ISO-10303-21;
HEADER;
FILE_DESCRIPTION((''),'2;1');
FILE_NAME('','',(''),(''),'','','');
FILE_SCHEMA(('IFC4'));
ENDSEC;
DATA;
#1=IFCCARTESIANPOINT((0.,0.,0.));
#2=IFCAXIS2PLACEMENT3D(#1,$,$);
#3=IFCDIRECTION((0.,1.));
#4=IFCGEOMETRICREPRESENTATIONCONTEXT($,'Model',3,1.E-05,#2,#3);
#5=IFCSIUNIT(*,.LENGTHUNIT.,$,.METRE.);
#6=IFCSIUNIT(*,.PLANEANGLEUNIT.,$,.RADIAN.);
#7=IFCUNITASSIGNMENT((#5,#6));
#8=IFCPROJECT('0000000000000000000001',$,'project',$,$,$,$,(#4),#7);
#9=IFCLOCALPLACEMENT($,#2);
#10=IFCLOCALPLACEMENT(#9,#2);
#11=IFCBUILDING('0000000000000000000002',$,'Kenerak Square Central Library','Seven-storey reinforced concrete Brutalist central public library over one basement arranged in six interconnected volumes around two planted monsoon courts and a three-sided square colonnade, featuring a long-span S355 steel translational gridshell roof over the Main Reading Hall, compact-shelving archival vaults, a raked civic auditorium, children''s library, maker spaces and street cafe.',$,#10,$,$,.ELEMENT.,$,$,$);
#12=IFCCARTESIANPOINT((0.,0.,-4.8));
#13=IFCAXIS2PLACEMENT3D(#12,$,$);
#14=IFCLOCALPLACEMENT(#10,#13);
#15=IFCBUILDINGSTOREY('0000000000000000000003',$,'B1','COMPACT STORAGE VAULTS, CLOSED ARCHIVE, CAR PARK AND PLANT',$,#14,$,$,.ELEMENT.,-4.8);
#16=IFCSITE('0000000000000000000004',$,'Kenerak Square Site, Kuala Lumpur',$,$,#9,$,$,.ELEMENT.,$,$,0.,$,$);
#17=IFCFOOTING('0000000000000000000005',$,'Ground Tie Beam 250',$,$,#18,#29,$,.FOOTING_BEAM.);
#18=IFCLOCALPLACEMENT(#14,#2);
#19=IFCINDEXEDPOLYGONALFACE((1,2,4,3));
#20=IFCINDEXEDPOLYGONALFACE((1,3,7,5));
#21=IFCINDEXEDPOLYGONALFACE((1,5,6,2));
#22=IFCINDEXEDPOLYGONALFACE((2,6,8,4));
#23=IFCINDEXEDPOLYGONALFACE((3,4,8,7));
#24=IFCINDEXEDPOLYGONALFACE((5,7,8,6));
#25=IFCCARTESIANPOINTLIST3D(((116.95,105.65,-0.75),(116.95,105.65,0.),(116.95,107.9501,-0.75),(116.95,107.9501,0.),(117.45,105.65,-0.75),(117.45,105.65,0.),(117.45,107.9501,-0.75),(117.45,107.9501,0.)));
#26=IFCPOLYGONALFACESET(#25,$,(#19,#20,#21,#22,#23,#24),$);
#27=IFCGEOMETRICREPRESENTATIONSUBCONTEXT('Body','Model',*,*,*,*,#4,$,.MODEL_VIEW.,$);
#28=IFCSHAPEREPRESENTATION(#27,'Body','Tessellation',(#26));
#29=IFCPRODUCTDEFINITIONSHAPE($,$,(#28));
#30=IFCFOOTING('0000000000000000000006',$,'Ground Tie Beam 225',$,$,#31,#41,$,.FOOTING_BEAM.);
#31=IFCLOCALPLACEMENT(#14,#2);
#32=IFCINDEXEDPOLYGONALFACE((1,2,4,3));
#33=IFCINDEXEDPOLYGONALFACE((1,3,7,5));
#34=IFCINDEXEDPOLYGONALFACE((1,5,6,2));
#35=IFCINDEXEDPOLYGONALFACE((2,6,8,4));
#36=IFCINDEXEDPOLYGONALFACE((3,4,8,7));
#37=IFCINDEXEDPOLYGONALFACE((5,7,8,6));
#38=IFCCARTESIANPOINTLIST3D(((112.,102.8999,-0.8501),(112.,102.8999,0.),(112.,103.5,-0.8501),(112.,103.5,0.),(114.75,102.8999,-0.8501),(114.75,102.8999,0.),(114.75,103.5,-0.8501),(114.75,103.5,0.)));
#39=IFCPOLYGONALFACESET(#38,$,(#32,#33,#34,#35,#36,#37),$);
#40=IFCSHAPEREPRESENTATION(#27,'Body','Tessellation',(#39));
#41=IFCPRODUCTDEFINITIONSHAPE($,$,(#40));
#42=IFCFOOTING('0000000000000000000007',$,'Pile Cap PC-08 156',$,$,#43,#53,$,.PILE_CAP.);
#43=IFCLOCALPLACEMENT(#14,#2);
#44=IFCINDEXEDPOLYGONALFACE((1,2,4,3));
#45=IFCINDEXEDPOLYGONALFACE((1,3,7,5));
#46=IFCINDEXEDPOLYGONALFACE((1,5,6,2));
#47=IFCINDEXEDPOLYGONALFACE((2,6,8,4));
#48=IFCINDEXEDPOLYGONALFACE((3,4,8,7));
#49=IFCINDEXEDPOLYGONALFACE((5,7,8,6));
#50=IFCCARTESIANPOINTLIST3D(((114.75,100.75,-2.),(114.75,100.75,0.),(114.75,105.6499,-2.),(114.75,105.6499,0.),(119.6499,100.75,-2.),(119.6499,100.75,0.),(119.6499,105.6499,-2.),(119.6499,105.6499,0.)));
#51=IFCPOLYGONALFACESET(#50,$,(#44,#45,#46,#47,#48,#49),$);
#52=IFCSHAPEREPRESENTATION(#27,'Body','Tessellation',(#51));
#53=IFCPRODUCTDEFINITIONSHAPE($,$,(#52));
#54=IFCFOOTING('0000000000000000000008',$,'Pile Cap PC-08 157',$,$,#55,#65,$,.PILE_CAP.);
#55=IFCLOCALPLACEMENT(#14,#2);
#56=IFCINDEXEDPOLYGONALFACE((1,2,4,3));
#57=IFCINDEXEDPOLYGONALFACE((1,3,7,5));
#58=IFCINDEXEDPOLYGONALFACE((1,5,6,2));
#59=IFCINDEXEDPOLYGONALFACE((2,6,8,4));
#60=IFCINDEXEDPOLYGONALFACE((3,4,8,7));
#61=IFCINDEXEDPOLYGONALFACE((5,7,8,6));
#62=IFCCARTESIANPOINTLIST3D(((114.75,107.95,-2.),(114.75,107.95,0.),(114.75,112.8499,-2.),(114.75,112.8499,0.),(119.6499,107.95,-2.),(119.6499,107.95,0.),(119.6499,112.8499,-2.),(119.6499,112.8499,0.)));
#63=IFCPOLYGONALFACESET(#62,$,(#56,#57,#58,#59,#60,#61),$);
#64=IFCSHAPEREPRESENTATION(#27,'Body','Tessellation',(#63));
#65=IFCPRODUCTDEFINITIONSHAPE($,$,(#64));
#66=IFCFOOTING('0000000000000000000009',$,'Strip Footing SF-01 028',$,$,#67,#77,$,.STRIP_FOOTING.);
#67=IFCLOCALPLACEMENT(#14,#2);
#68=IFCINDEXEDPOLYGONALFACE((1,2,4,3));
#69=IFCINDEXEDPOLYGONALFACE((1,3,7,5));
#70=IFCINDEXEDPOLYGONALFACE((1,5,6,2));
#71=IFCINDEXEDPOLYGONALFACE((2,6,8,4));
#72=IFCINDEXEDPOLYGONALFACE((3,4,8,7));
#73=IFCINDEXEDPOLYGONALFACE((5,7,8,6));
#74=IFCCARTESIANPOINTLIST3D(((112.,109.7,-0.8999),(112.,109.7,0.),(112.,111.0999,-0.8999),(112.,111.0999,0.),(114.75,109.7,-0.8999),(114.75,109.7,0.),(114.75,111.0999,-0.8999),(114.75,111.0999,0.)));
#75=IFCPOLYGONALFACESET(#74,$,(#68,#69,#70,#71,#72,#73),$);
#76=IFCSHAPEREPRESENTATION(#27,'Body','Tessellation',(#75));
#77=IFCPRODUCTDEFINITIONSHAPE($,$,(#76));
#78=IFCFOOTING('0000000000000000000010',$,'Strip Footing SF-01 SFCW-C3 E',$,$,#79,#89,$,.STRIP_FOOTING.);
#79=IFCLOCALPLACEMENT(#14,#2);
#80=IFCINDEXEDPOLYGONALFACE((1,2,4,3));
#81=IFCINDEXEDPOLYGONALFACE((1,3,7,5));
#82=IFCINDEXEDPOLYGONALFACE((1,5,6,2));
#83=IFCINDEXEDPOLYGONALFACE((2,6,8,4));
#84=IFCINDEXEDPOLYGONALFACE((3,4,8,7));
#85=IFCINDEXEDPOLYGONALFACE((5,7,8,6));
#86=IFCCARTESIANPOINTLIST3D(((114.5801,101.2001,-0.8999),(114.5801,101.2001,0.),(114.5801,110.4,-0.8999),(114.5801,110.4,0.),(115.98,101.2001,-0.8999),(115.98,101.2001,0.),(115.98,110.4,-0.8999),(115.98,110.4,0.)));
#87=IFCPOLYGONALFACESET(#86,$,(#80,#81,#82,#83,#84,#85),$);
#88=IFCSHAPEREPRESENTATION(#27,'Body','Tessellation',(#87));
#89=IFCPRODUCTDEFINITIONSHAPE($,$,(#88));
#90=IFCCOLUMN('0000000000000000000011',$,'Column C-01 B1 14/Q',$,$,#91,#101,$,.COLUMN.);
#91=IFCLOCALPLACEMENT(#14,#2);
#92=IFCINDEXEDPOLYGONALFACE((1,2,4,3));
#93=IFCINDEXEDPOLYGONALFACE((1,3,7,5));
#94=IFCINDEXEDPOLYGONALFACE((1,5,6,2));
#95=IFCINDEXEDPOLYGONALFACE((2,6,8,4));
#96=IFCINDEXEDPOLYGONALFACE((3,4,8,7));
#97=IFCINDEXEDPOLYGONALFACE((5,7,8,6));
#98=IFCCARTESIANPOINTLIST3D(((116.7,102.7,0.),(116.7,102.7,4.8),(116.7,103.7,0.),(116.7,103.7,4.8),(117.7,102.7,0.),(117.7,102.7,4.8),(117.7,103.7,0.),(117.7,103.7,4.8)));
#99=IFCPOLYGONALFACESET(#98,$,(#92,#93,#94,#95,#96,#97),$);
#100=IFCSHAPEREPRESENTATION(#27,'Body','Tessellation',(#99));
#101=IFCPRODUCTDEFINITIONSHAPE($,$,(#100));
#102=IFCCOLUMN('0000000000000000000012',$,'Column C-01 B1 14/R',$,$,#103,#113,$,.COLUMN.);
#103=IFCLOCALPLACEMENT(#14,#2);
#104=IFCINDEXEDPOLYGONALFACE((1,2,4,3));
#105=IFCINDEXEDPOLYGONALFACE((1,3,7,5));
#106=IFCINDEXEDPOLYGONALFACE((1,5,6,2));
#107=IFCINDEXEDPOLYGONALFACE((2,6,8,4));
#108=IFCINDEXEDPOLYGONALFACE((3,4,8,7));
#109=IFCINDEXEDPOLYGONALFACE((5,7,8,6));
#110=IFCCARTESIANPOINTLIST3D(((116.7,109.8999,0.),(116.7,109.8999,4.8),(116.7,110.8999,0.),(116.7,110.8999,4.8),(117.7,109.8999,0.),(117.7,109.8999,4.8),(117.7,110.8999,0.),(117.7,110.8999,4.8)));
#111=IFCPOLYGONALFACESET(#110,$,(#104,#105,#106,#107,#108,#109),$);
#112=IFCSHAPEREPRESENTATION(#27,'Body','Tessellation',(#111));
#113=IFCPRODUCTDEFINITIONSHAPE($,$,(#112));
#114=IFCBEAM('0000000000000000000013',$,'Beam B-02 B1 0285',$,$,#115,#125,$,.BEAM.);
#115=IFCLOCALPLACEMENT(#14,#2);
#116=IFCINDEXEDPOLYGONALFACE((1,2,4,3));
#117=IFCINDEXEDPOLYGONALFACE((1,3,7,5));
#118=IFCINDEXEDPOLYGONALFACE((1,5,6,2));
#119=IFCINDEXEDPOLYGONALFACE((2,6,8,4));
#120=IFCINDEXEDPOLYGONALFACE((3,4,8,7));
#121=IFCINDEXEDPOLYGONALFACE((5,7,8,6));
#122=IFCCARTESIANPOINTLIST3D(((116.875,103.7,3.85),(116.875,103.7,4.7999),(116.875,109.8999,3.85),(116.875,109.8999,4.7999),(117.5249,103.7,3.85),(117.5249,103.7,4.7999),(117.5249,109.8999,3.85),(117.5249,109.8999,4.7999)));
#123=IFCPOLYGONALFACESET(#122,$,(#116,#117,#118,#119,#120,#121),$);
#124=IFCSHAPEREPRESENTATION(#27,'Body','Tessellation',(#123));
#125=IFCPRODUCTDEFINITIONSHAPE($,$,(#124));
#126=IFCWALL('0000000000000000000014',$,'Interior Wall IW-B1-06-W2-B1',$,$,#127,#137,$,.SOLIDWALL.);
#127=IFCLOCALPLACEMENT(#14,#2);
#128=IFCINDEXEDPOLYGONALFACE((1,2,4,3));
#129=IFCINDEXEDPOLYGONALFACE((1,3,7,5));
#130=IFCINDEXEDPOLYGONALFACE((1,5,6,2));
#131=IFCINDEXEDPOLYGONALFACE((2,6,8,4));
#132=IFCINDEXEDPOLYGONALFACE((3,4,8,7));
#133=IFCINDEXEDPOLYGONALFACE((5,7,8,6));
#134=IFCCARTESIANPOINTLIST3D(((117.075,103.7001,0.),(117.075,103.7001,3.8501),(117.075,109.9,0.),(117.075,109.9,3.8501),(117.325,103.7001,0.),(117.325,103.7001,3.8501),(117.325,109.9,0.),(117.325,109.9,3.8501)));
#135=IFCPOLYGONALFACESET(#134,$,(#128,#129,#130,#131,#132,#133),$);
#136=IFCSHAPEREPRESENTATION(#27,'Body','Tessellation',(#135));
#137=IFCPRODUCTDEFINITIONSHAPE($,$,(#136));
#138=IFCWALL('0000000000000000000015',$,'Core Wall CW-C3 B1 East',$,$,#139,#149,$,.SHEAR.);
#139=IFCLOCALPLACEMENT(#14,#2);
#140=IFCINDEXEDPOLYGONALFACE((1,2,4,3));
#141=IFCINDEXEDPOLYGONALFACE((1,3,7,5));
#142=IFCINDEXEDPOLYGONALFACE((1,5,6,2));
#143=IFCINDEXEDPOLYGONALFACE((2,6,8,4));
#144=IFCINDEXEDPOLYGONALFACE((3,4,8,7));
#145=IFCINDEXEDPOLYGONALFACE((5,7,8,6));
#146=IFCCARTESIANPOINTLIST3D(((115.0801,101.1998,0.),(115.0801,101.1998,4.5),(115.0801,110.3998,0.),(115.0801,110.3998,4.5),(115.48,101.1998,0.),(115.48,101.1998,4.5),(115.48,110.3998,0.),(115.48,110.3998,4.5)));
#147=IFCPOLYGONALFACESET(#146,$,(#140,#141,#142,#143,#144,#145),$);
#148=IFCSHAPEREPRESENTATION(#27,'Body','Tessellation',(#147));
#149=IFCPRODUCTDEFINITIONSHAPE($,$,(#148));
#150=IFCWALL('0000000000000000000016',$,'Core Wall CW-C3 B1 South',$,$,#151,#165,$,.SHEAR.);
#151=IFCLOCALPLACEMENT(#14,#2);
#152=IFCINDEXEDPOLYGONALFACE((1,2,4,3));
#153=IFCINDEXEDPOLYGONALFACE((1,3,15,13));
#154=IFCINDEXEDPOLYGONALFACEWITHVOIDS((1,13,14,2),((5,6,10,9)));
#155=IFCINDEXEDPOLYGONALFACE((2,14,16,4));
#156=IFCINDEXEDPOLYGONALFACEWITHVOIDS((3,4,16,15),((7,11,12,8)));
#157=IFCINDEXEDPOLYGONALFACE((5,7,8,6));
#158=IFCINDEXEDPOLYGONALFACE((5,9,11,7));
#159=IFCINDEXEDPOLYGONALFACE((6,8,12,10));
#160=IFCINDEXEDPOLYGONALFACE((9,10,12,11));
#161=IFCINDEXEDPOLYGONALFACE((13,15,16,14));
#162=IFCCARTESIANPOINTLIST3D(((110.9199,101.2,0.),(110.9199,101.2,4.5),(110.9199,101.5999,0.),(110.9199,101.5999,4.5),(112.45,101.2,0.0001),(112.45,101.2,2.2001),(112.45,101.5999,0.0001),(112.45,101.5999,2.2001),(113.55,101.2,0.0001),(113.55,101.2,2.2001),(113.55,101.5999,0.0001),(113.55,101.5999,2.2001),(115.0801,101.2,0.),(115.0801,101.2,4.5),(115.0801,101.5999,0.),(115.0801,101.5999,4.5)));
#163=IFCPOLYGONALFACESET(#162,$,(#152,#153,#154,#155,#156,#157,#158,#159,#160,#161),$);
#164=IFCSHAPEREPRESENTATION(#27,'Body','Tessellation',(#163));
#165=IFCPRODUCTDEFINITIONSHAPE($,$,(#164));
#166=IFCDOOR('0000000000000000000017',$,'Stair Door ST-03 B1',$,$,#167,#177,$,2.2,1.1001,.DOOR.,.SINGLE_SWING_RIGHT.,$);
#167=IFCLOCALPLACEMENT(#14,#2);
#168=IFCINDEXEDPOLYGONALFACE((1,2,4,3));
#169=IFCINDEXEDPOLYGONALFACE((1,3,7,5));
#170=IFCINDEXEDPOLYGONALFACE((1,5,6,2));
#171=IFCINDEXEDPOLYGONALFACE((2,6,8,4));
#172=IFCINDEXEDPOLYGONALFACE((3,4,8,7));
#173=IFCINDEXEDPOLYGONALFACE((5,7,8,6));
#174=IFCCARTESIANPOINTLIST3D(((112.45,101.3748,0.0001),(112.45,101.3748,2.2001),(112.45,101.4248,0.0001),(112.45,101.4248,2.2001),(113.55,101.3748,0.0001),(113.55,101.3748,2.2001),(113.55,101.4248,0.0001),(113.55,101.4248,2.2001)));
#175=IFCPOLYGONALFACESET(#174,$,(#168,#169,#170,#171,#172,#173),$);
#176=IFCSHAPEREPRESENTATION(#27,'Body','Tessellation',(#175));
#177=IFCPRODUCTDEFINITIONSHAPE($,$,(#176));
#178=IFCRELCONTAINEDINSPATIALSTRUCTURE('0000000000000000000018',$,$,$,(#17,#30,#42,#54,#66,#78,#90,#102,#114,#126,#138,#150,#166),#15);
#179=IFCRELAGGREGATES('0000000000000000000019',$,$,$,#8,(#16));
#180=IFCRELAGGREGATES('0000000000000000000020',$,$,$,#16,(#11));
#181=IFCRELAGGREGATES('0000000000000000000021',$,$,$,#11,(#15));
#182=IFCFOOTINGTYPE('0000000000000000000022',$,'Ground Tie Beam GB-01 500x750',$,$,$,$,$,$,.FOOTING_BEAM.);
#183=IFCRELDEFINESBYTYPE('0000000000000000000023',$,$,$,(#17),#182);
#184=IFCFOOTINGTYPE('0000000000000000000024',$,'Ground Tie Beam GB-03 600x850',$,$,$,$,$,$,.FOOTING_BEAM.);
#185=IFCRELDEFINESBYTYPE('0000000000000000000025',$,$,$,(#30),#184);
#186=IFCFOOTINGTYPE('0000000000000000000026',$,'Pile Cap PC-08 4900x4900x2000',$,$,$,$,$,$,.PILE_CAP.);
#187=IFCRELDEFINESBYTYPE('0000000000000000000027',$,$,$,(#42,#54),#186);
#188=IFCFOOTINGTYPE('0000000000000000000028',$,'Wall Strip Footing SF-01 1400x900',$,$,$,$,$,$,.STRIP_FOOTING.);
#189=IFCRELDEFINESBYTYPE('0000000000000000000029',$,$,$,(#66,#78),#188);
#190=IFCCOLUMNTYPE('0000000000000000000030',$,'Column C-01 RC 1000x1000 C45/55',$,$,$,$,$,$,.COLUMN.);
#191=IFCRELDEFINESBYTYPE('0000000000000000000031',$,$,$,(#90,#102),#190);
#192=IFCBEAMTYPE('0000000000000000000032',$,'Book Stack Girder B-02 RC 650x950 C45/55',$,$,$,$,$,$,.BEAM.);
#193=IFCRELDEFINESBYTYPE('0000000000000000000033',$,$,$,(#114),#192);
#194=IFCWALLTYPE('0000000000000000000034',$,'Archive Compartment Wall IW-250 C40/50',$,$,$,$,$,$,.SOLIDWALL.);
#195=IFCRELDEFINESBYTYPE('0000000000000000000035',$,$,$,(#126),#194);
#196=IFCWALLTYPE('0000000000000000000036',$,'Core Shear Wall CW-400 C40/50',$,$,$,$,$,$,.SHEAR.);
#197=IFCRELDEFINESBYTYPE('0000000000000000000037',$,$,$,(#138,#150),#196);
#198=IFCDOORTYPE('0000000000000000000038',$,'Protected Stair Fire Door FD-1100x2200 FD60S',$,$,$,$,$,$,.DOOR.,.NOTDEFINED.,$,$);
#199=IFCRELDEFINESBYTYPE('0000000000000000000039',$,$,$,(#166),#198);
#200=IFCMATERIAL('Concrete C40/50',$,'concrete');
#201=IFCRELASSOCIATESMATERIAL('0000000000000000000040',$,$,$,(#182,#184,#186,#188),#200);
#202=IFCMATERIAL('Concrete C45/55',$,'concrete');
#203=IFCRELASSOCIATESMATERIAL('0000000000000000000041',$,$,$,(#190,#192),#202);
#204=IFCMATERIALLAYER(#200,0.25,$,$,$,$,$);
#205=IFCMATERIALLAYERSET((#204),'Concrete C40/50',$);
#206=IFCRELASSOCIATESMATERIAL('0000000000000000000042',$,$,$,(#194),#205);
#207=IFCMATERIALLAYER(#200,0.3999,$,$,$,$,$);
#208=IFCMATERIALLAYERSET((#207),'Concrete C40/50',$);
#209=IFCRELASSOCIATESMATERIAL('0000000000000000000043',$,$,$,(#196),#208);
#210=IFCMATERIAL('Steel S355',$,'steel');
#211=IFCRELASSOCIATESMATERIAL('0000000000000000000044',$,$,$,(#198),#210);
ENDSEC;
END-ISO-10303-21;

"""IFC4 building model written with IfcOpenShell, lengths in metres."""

from ifc_helpers import new_model, si_unit, direction, frame, frame_2d, origin, origin_2d, place, context, subcontext, project, spatial, rectangle, extrude, material, layer, layer_set, material_profile, profile_set, type_object, element, fill, save


model = new_model("IFC4")

# Units and contexts
model_context = context("Model", 3, precision=1e-05, world=origin(), true_north=direction((0.0, 1.0)))
body_context = subcontext(model_context, "Body", "Model", "MODEL_VIEW")
ifc_project = project(units=[si_unit("LENGTHUNIT", "METRE"), si_unit("PLANEANGLEUNIT", "RADIAN")], contexts=[model_context])

# Site, building, storey
site_placement = place(None, origin())
site = spatial("IfcSite", under=ifc_project, at=site_placement, Name="Kenerak Square Site, Kuala Lumpur", CompositionType="ELEMENT", RefElevation=0.0)
building_placement = place(site_placement, origin())
building = spatial("IfcBuilding", under=site, at=building_placement, Name="Kenerak Square Central Library", Description="Seven-storey reinforced concrete Brutalist central public library over one basement arranged in six interconnected volumes around two planted monsoon courts and a three-sided square colonnade, featuring a long-span S355 steel translational gridshell roof over the Main Reading Hall, compact-shelving archival vaults, a raked civic auditorium, children's library, maker spaces and street cafe.", CompositionType="ELEMENT")
storey_placement = place(building_placement, frame((0.0, 0.0, -4.8)))
storey = spatial("IfcBuildingStorey", under=building, at=storey_placement, Name="B1", Description="COMPACT STORAGE VAULTS, CLOSED ARCHIVE, CAR PARK AND PLANT", CompositionType="ELEMENT", Elevation=-4.8)

# Shared definitions
ifc_material_1 = material(Name="Concrete C40/50", Category="concrete")

# Footings
footing_type_1 = type_object("IfcFootingType", Name="Ground Tie Beam GB-01 500x750", PredefinedType="FOOTING_BEAM", material=ifc_material_1)
footing_1_placement = place(storey_placement, frame((117.2, 106.8, -0.75), z_axis=(0.0, 0.0, 1.0), x_axis=(1.0, 0.0, 0.0)))
element("IfcFooting", 1, at=footing_1_placement, inside=storey, type_object=footing_type_1, Name="Ground Tie Beam 250", PredefinedType="FOOTING_BEAM", context=body_context, shape_type="SweptSolid", body=[
    extrude(rectangle(XDim=0.5, YDim=2.3, at=origin_2d()), origin(), (0.0, 0.0, 1.0), 0.75),
])
footing_type_2 = type_object("IfcFootingType", Name="Ground Tie Beam GB-03 600x850", PredefinedType="FOOTING_BEAM", material=ifc_material_1)
footing_2_placement = place(storey_placement, frame((113.375, 103.2, -0.8501), z_axis=(0.0, 0.0, 1.0), x_axis=(1.0, 0.0, 0.0)))
element("IfcFooting", 2, at=footing_2_placement, inside=storey, type_object=footing_type_2, Name="Ground Tie Beam 225", PredefinedType="FOOTING_BEAM", context=body_context, shape_type="SweptSolid", body=[
    extrude(rectangle(XDim=2.75, YDim=0.6001, at=origin_2d()), origin(), (0.0, 0.0, 1.0), 0.8501),
])
footing_type_3 = type_object("IfcFootingType", Name="Pile Cap PC-08 4900x4900x2000", PredefinedType="PILE_CAP", material=ifc_material_1)
for number, where, z_axis, x_axis, name in (
    (3, (117.2, 103.2, -2.0), (0.0, 0.0, 1.0), (1.0, 0.0, 0.0), "Pile Cap PC-08 156"),
    (4, (117.2, 110.3999, -2.0), (0.0, 0.0, 1.0), (1.0, 0.0, 0.0), "Pile Cap PC-08 157"),
):
    element("IfcFooting", number, at=place(storey_placement, frame(where, z_axis=z_axis, x_axis=x_axis)), inside=storey, type_object=footing_type_3, Name=name, PredefinedType="PILE_CAP", context=body_context, shape_type="SweptSolid", body=[
        extrude(rectangle(XDim=4.8999, YDim=4.8999, at=origin_2d()), origin(), (0.0, 0.0, 1.0), 2.0),
    ])
footing_type_4 = type_object("IfcFootingType", Name="Wall Strip Footing SF-01 1400x900", PredefinedType="STRIP_FOOTING", material=ifc_material_1)
footing_3_placement = place(storey_placement, frame((113.375, 110.3999, -0.8999), z_axis=(0.0, 0.0, 1.0), x_axis=(1.0, 0.0, 0.0)))
element("IfcFooting", 5, at=footing_3_placement, inside=storey, type_object=footing_type_4, Name="Strip Footing SF-01 028", PredefinedType="STRIP_FOOTING", context=body_context, shape_type="SweptSolid", body=[
    extrude(rectangle(XDim=2.75, YDim=1.3999, at=origin_2d()), origin(), (0.0, 0.0, 1.0), 0.8999),
])
footing_4_placement = place(storey_placement, frame((115.28, 105.8, -0.8999), z_axis=(0.0, 0.0, 1.0), x_axis=(1.0, 0.0, 0.0)))
element("IfcFooting", 6, at=footing_4_placement, inside=storey, type_object=footing_type_4, Name="Strip Footing SF-01 SFCW-C3 E", PredefinedType="STRIP_FOOTING", context=body_context, shape_type="SweptSolid", body=[
    extrude(rectangle(XDim=1.3999, YDim=9.2, at=origin_2d()), origin(), (0.0, 0.0, 1.0), 0.8999),
])

# Columns
ifc_material_2 = material(Name="Concrete C45/55", Category="concrete")
ifc_material_profile_1 = material_profile(ifc_material_2, rectangle(XDim=1.0, YDim=1.0, at=origin_2d()), Name="RC 1000x1000")
ifc_profile_set_1 = profile_set([ifc_material_profile_1], Name="Concrete C45/55")
column_type = type_object("IfcColumnType", Name="Column C-01 RC 1000x1000 C45/55", PredefinedType="COLUMN", material=ifc_profile_set_1)
for number, where, z_axis, x_axis, name in (
    (7, (117.2, 103.2, 0.0), (0.0, 0.0, 1.0), (1.0, 0.0, 0.0), "Column C-01 B1 14/Q"),
    (8, (117.2, 110.3999, 0.0), (0.0, 0.0, 1.0), (1.0, 0.0, 0.0), "Column C-01 B1 14/R"),
):
    element("IfcColumn", number, at=place(storey_placement, frame(where, z_axis=z_axis, x_axis=x_axis)), inside=storey, type_object=column_type, Name=name, PredefinedType="COLUMN", context=body_context, shape_type="SweptSolid", body=[
        extrude(rectangle(XDim=1.0, YDim=1.0, at=origin_2d()), origin(), (0.0, 0.0, 1.0), 4.8),
    ])

# Beam
ifc_material_profile_2 = material_profile(ifc_material_2, rectangle(XDim=0.6499, YDim=0.95, at=origin_2d()), Name="RC 650x950")
ifc_profile_set_2 = profile_set([ifc_material_profile_2], Name="Concrete C45/55")
beam_type = type_object("IfcBeamType", Name="Book Stack Girder B-02 RC 650x950 C45/55", PredefinedType="BEAM", material=ifc_profile_set_2)
beam_placement = place(storey_placement, frame((117.2, 103.7, 4.325), z_axis=(0.0, 1.0, 0.0), x_axis=(-1.0, 0.0, 0.0)))
element("IfcBeam", 9, at=beam_placement, inside=storey, type_object=beam_type, Name="Beam B-02 B1 0285", PredefinedType="BEAM", context=body_context, shape_type="SweptSolid", body=[
    extrude(rectangle(XDim=0.6499, YDim=0.95, at=origin_2d()), origin(), (0.0, 0.0, 1.0), 6.2),
])

# Walls
ifc_layer_1 = layer(ifc_material_1, 0.25)
ifc_layer_set_1 = layer_set([ifc_layer_1], Name="Concrete C40/50")
wall_type_1 = type_object("IfcWallType", Name="Archive Compartment Wall IW-250 C40/50", PredefinedType="SOLIDWALL", material=ifc_layer_set_1)
wall_1_placement = place(storey_placement, frame((117.2, 103.7, 0.0), z_axis=(0.0, 0.0, 1.0), x_axis=(0.0, 1.0, 0.0)))
element("IfcWall", 10, at=wall_1_placement, inside=storey, type_object=wall_type_1, Name="Interior Wall IW-B1-06-W2-B1", PredefinedType="SOLIDWALL", context=body_context, shape_type="SweptSolid", body=[
    extrude(rectangle(XDim=6.2, YDim=0.25, at=frame_2d((3.1001, 0.0))), origin(), (0.0, 0.0, 1.0), 3.8501),
])
ifc_layer_2 = layer(ifc_material_1, 0.3999)
ifc_layer_set_2 = layer_set([ifc_layer_2], Name="Concrete C40/50")
wall_type_2 = type_object("IfcWallType", Name="Core Shear Wall CW-400 C40/50", PredefinedType="SHEAR", material=ifc_layer_set_2)
wall_2_placement = place(storey_placement, frame((115.28, 110.3999, 0.0), z_axis=(0.0, 0.0, 1.0), x_axis=(0.0, -1.0, 0.0)))
element("IfcWall", 11, at=wall_2_placement, inside=storey, type_object=wall_type_2, Name="Core Wall CW-C3 B1 East", PredefinedType="SHEAR", context=body_context, shape_type="SweptSolid", body=[
    extrude(rectangle(XDim=9.2, YDim=0.3999, at=frame_2d((4.6001, 0.0))), origin(), (0.0, 0.0, 1.0), 4.5),
])

# Wall, opening, door
wall_3_placement = place(storey_placement, frame((115.0801, 101.3999, 0.0), z_axis=(0.0, 0.0, 1.0), x_axis=(-1.0, 0.0, 0.0)))
wall_3 = element("IfcWall", 12, at=wall_3_placement, inside=storey, type_object=wall_type_2, Name="Core Wall CW-C3 B1 South", PredefinedType="SHEAR", context=body_context, shape_type="SweptSolid", body=[
    extrude(rectangle(XDim=4.1602, YDim=0.3999, at=frame_2d((2.0801, 0.0))), origin(), (0.0, 0.0, 1.0), 4.5),
])
opening_placement = place(wall_3_placement, frame((1.53, 0.0, 0.0)))
opening = element("IfcOpeningElement", 13, at=opening_placement, cuts=wall_3, PredefinedType="OPENING", context=body_context, shape_type="SweptSolid", body=[
    extrude(rectangle(XDim=1.1001, YDim=2.2, at=frame_2d((0.55, 1.1001))), frame((0.0, 0.21, 0.0), z_axis=(0.0, -1.0, 0.0), x_axis=(1.0, 0.0, 0.0)), (0.0, 0.0, 1.0), 0.4199),
])
ifc_material_3 = material(Name="Steel S355", Category="steel")
door_type = type_object("IfcDoorType", Name="Protected Stair Fire Door FD-1100x2200 FD60S", OperationType="NOTDEFINED", PredefinedType="DOOR", material=ifc_material_3)
door_placement = place(opening_placement, frame((1.1001, 0.0, 0.0), z_axis=(0.0, 0.0, 1.0), x_axis=(-1.0, 0.0, 0.0)))
door = element("IfcDoor", 14, at=door_placement, inside=storey, type_object=door_type, Name="Stair Door ST-03 B1", OperationType="SINGLE_SWING_RIGHT", OverallHeight=2.2, OverallWidth=1.1001, PredefinedType="DOOR", context=body_context, shape_type="SweptSolid", body=[
    extrude(rectangle(XDim=1.1001, YDim=2.2, at=frame_2d((0.55, 1.1001))), frame((0.0, 0.0249, 0.0), z_axis=(0.0, -1.0, 0.0), x_axis=(1.0, 0.0, 0.0)), (0.0, 0.0, 1.0), 0.05),
])
fill(opening, door)

save(model, "model.ifc")
